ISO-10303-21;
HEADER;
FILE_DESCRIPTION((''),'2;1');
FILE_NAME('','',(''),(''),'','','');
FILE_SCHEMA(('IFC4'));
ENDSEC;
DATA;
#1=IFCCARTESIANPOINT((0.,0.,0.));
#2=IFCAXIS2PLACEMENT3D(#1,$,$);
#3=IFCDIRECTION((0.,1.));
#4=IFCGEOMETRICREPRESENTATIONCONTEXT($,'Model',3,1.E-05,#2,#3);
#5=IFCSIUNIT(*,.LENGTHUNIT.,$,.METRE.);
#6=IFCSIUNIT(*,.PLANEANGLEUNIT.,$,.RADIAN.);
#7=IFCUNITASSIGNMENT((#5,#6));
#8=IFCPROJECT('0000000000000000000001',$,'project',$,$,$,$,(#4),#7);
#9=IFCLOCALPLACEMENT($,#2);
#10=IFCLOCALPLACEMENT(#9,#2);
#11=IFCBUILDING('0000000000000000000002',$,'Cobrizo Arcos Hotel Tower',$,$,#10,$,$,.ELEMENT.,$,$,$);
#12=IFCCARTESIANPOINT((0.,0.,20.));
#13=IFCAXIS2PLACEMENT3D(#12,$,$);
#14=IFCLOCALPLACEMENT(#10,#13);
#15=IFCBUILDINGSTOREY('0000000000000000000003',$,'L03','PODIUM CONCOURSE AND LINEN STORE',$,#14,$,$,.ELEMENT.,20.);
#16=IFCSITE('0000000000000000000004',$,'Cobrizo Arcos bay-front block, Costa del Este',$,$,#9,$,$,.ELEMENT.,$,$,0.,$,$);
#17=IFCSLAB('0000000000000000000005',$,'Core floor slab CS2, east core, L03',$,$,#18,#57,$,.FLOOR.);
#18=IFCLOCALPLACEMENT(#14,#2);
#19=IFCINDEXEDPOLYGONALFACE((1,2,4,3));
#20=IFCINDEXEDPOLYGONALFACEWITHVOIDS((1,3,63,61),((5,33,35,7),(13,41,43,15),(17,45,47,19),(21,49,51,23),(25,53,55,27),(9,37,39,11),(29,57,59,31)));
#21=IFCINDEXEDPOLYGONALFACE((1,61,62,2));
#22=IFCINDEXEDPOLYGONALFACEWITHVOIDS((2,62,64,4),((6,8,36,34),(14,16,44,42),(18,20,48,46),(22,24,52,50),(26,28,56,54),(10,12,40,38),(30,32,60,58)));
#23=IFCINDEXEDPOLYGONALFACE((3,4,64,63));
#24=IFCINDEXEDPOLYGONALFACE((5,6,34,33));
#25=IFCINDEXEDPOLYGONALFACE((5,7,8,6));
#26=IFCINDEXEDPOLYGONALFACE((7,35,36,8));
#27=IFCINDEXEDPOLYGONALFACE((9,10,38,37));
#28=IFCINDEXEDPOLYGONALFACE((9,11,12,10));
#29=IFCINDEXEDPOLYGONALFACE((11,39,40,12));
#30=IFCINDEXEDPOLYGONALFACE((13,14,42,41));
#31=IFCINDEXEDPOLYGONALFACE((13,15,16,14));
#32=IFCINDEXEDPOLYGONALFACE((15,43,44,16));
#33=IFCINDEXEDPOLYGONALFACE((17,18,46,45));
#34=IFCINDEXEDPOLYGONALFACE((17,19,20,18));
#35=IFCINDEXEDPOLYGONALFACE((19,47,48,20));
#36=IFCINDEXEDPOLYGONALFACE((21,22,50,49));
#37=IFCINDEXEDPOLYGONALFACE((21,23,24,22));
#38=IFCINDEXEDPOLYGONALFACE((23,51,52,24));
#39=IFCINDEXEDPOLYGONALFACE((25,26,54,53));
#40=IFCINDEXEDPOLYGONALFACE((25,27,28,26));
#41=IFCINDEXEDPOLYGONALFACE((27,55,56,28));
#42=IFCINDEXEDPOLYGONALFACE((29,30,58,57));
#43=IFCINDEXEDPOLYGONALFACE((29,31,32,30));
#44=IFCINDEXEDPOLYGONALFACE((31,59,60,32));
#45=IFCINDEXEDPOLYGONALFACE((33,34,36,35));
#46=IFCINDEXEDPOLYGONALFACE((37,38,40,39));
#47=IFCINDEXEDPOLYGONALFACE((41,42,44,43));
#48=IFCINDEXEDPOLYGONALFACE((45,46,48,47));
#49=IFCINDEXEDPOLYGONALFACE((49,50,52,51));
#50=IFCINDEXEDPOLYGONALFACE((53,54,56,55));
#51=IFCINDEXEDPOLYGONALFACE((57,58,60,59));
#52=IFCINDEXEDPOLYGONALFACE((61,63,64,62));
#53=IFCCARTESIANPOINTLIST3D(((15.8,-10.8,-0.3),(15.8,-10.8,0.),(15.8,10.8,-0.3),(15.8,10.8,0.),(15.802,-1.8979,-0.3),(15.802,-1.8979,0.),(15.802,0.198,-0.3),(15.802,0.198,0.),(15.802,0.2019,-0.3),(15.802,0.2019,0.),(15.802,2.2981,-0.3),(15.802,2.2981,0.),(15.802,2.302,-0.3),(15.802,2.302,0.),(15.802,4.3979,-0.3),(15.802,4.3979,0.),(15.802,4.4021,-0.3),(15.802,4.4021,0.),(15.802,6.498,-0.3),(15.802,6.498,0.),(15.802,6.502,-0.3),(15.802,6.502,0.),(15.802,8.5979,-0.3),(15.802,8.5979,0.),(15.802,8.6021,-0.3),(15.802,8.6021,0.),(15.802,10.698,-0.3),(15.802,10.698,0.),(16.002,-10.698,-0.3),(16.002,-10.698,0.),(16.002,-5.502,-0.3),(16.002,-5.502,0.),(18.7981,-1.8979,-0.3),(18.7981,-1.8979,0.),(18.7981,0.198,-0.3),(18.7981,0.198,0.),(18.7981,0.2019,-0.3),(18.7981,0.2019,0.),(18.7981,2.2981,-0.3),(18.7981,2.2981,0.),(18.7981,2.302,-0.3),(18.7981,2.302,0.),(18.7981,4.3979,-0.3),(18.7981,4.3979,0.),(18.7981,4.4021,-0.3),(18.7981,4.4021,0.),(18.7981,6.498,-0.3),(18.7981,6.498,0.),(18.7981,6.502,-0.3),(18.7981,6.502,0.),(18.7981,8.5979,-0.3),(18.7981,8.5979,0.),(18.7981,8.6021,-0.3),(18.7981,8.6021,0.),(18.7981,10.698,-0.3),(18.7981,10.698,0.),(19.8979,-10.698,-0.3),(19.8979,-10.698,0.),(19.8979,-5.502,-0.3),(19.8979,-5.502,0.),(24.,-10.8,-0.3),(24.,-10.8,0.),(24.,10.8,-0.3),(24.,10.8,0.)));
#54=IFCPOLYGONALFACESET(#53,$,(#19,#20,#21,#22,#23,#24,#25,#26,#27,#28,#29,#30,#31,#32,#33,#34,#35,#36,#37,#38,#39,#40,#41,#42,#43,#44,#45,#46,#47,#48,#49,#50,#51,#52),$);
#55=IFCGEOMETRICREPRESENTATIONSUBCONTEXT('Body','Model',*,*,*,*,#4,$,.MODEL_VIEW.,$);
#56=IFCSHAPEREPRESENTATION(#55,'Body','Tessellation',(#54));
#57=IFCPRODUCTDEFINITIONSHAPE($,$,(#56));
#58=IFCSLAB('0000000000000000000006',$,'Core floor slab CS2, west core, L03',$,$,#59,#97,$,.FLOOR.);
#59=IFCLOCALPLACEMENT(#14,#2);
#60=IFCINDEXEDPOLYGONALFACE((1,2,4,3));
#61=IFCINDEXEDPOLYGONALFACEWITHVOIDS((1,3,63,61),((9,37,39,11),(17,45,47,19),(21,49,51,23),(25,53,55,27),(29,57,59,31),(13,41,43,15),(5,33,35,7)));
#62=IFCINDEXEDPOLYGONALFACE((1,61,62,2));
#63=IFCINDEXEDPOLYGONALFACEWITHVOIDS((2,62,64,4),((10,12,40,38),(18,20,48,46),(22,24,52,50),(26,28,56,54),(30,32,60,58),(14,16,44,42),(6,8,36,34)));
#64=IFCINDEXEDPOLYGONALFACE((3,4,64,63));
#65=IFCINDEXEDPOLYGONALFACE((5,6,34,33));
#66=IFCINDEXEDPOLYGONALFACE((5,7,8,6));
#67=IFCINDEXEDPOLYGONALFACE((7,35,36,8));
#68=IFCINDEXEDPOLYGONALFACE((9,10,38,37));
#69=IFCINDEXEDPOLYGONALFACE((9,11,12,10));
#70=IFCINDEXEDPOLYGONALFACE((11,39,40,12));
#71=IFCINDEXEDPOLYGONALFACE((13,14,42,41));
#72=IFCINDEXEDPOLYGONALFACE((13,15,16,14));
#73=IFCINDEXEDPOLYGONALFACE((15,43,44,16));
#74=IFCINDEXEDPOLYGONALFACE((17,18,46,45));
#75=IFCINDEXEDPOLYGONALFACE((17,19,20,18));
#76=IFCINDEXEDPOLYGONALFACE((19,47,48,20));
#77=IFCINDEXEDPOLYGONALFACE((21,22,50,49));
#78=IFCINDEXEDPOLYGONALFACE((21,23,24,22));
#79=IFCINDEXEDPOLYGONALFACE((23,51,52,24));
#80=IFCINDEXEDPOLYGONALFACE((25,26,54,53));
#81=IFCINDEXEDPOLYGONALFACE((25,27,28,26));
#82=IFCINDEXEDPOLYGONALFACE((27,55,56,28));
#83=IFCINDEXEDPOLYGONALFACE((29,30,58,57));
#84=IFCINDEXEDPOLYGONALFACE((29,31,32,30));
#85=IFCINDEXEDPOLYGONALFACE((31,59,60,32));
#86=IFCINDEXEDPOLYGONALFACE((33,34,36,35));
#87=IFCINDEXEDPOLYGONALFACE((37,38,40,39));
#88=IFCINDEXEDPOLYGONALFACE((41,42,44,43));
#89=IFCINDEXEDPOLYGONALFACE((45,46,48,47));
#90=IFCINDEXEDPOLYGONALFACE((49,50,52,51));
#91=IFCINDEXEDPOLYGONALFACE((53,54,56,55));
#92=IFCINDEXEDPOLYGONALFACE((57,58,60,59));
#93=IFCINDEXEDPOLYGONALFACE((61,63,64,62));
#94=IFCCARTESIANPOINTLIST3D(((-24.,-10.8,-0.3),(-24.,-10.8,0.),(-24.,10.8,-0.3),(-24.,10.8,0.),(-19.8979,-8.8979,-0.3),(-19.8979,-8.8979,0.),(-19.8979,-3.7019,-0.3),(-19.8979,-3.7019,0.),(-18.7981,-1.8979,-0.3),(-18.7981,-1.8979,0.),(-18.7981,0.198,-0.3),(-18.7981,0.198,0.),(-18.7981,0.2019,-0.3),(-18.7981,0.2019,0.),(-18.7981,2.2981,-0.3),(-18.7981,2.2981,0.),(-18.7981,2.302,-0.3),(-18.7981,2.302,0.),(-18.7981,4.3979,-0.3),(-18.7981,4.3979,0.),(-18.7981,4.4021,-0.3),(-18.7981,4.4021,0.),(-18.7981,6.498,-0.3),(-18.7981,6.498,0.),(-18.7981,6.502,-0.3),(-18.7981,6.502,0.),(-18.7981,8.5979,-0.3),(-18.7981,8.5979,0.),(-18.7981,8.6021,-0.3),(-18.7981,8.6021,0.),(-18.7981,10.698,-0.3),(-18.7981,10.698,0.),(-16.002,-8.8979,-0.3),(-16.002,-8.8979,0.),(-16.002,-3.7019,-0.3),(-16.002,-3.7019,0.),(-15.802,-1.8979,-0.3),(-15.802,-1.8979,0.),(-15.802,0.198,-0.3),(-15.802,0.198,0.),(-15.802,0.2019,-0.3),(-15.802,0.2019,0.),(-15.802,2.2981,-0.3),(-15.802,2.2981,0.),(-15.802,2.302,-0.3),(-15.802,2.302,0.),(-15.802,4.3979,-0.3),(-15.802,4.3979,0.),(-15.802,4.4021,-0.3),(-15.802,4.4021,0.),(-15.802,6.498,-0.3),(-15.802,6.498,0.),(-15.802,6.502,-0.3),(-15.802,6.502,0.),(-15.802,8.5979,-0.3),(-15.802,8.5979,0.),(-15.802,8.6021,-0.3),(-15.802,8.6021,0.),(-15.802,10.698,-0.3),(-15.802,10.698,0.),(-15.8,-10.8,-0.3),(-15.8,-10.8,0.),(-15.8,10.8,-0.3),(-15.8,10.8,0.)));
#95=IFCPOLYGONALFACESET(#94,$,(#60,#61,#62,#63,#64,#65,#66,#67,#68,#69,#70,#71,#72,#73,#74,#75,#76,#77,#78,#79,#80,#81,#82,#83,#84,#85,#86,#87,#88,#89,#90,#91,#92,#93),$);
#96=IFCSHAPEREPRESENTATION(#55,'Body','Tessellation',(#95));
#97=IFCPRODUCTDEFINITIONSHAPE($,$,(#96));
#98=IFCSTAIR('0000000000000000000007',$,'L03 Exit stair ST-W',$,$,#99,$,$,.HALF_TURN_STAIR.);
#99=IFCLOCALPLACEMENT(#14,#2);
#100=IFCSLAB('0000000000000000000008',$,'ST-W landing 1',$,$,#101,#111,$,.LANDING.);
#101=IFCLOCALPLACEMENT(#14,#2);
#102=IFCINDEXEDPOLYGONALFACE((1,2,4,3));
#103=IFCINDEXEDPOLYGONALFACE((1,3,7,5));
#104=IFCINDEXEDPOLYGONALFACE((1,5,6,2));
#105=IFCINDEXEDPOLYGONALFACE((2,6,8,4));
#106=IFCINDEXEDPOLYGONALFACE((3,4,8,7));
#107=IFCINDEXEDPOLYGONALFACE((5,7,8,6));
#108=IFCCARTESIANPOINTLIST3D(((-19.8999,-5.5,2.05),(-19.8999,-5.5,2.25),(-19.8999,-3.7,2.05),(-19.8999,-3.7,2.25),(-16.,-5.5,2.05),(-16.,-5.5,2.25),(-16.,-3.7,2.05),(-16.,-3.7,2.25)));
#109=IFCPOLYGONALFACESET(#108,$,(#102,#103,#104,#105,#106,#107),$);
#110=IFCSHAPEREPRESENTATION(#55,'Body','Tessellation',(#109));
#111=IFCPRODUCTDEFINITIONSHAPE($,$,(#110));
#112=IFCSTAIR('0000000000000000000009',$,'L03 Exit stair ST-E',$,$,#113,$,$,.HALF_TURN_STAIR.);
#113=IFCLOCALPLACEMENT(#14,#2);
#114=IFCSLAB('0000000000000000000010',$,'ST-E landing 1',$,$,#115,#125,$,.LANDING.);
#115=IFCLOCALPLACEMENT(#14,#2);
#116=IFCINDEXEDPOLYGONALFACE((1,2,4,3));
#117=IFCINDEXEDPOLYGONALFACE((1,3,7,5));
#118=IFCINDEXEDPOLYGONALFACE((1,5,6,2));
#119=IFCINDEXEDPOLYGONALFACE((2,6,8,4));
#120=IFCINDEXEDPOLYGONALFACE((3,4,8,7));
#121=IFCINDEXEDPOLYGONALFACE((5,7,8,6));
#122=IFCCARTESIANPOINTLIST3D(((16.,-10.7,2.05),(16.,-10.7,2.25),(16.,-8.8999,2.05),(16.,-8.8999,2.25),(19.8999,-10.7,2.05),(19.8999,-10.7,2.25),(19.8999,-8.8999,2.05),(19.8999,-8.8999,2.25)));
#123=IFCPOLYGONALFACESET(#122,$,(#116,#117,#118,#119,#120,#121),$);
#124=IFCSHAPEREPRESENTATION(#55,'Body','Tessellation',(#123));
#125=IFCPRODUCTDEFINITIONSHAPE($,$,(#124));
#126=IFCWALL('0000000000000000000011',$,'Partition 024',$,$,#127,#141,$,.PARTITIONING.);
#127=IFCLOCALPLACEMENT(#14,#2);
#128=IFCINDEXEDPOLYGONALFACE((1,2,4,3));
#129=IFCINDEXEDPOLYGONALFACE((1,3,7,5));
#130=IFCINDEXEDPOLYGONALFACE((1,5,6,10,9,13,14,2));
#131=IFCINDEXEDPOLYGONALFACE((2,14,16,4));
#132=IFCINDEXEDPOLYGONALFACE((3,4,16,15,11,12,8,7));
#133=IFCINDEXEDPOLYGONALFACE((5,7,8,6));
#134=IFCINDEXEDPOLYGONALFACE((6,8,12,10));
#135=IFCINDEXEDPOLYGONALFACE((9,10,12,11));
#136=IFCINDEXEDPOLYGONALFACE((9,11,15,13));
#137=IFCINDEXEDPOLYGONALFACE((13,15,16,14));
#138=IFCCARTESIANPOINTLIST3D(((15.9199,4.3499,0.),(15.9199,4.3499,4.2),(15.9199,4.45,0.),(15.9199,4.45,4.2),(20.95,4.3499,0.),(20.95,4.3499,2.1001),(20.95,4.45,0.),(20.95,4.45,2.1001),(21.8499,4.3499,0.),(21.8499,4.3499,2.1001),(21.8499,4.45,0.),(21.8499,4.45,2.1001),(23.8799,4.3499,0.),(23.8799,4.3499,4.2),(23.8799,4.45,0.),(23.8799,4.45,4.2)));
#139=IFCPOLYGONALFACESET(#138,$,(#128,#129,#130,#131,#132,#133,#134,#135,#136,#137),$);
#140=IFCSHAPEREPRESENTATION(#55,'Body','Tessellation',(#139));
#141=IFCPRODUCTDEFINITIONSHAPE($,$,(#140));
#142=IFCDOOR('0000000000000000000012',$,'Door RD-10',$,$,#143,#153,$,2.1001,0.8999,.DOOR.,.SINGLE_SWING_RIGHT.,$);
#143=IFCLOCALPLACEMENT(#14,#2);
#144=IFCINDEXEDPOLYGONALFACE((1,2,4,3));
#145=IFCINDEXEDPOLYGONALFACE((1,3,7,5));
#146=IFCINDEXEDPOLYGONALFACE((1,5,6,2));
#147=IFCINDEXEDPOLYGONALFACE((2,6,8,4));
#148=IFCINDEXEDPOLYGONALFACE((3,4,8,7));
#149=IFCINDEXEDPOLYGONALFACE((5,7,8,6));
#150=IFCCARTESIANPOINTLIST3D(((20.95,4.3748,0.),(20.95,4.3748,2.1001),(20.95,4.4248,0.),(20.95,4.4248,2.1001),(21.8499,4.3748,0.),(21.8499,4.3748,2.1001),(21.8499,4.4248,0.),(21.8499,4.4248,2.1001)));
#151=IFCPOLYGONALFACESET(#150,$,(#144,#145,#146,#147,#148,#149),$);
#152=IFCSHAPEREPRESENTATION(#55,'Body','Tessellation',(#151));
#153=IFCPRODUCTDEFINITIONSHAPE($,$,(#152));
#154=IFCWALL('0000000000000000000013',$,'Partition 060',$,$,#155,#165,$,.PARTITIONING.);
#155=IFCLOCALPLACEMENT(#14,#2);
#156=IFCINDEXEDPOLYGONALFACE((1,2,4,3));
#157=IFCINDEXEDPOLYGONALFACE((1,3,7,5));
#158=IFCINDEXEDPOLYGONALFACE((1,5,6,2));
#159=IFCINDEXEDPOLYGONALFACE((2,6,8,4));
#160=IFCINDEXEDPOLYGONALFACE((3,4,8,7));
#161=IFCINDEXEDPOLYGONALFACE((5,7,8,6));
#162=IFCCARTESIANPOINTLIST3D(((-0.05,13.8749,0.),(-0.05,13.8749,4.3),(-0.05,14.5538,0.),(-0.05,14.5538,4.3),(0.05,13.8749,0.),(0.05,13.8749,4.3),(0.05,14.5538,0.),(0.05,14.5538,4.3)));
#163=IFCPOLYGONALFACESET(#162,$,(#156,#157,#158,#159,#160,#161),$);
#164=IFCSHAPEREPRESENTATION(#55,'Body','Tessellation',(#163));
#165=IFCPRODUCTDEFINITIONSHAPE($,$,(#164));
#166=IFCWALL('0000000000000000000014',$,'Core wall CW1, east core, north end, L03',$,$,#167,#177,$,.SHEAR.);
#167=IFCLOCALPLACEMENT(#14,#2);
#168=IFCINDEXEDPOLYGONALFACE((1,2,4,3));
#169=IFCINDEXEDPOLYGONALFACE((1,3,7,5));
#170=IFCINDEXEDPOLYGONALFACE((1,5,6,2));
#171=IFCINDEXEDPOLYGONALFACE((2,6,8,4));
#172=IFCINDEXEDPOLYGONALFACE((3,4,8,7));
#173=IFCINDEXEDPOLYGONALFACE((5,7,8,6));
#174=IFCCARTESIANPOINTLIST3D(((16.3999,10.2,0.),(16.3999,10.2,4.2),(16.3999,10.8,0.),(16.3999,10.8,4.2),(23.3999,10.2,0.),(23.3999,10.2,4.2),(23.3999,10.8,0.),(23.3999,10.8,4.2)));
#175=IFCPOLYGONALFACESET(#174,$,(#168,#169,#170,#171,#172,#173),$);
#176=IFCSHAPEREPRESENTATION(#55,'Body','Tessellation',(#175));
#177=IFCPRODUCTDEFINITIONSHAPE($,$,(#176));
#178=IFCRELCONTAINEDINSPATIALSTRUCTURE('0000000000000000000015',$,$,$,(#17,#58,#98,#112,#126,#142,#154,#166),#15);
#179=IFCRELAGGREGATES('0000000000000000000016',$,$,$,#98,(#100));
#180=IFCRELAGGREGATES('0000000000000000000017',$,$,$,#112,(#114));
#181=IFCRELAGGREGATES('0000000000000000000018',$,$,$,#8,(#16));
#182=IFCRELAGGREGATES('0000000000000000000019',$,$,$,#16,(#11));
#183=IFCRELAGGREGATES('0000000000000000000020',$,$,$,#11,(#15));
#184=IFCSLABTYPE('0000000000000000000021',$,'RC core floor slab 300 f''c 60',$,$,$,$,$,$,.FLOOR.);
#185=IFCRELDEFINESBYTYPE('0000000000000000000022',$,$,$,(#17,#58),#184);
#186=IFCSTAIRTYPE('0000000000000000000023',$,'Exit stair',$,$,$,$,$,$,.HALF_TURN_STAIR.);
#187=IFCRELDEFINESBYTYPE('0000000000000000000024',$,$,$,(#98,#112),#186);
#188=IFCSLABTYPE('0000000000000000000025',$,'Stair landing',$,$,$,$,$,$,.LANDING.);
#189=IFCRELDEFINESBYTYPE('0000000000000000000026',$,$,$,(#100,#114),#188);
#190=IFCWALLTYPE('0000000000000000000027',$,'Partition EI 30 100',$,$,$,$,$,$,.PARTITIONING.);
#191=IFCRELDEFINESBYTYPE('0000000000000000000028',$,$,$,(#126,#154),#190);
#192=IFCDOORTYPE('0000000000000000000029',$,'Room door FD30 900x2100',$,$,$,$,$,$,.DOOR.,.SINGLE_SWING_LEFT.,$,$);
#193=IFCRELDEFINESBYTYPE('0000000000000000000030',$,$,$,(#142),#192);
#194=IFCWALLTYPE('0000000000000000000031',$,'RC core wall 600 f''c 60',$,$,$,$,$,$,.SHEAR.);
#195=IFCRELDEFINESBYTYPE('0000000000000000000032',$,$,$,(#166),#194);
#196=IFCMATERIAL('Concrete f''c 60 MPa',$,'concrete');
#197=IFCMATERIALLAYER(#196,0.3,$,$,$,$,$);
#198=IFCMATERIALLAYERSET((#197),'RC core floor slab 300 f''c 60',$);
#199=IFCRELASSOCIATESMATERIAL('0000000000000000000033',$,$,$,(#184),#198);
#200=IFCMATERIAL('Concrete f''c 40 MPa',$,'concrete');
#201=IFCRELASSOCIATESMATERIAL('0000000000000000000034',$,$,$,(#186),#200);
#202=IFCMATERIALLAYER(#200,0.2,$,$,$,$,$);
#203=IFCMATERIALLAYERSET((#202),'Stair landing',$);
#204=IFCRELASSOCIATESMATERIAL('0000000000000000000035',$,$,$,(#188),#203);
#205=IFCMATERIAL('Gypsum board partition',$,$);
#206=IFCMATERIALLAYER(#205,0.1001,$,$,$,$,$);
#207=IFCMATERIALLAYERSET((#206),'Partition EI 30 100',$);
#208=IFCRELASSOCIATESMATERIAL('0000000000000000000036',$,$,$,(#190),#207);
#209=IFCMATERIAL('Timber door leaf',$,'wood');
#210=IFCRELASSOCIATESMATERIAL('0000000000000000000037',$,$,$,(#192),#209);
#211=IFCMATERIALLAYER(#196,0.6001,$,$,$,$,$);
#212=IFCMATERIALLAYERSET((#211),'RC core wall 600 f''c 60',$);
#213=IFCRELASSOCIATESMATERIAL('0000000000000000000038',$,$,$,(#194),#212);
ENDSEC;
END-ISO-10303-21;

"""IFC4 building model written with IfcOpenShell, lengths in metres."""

from ifc_helpers import new_model, si_unit, direction, frame, frame_2d, origin, place, context, subcontext, project, spatial, polyline, rectangle, outline, extrude, material, layer, layer_set, type_object, element, fill, aggregate, save


model = new_model("IFC4")

# Units and contexts
model_context = context("Model", 3, precision=1e-05, world=origin(), true_north=direction((0.0, 1.0)))
body_context = subcontext(model_context, "Body", "Model", "MODEL_VIEW")
ifc_project = project(units=[si_unit("LENGTHUNIT", "METRE"), si_unit("PLANEANGLEUNIT", "RADIAN")], contexts=[model_context])

# Site, building, storey
site_placement = place(None, origin())
site = spatial("IfcSite", under=ifc_project, at=site_placement, Name="Cobrizo Arcos bay-front block, Costa del Este", CompositionType="ELEMENT", RefElevation=0.0)
building_placement = place(site_placement, origin())
building = spatial("IfcBuilding", under=site, at=building_placement, Name="Cobrizo Arcos Hotel Tower", CompositionType="ELEMENT")
storey_placement = place(building_placement, frame((0.0, 0.0, 20.0)))
storey = spatial("IfcBuildingStorey", under=building, at=storey_placement, Name="L03", Description="PODIUM CONCOURSE AND LINEN STORE", CompositionType="ELEMENT", Elevation=20.0)

# Slabs
ifc_material_1 = material(Name="Concrete f'c 60 MPa", Category="concrete")
ifc_layer_1 = layer(ifc_material_1, 0.3)
ifc_layer_set_1 = layer_set([ifc_layer_1], Name="RC core floor slab 300 f'c 60")
slab_type_1 = type_object("IfcSlabType", Name="RC core floor slab 300 f'c 60", PredefinedType="FLOOR", material=ifc_layer_set_1)
slab_1_placement = place(storey_placement, frame((0.0, 0.0, -0.3)))
element("IfcSlab", 1, at=slab_1_placement, inside=storey, type_object=slab_type_1, Name="Core floor slab CS2, east core, L03", PredefinedType="FLOOR", context=body_context, shape_type="SweptSolid", body=[
    extrude(outline(polyline([(15.8, 10.8), (24.0, 10.8), (24.0, -10.8), (15.8, -10.8), (15.8, 10.8)]), holes=[polyline([(19.8979, -10.698), (19.8979, -5.502), (16.002, -5.502), (16.002, -10.698), (19.8979, -10.698)]), polyline([(15.802, 0.198), (15.802, -1.8979), (18.7981, -1.8979), (18.7981, 0.198), (15.802, 0.198)]), polyline([(18.7981, 2.2981), (15.802, 2.2981), (15.802, 0.2019), (18.7981, 0.2019), (18.7981, 2.2981)]), polyline([(18.7981, 4.3979), (15.802, 4.3979), (15.802, 2.302), (18.7981, 2.302), (18.7981, 4.3979)]), polyline([(15.802, 6.498), (15.802, 4.4021), (18.7981, 4.4021), (18.7981, 6.498), (15.802, 6.498)]), polyline([(18.7981, 8.5979), (15.802, 8.5979), (15.802, 6.502), (18.7981, 6.502), (18.7981, 8.5979)]), polyline([(18.7981, 10.698), (15.802, 10.698), (15.802, 8.6021), (18.7981, 8.6021), (18.7981, 10.698)])]), origin(), (0.0, 0.0, 1.0), 0.3),
])
slab_2_placement = place(storey_placement, frame((0.0, 0.0, -0.3)))
element("IfcSlab", 2, at=slab_2_placement, inside=storey, type_object=slab_type_1, Name="Core floor slab CS2, west core, L03", PredefinedType="FLOOR", context=body_context, shape_type="SweptSolid", body=[
    extrude(outline(polyline([(-24.0, 10.8), (-15.8, 10.8), (-15.8, -10.8), (-24.0, -10.8), (-24.0, 10.8)]), holes=[polyline([(-19.8979, -3.7019), (-19.8979, -8.8979), (-16.002, -8.8979), (-16.002, -3.7019), (-19.8979, -3.7019)]), polyline([(-18.7981, 0.198), (-18.7981, -1.8979), (-15.802, -1.8979), (-15.802, 0.198), (-18.7981, 0.198)]), polyline([(-15.802, 2.2981), (-18.7981, 2.2981), (-18.7981, 0.2019), (-15.802, 0.2019), (-15.802, 2.2981)]), polyline([(-15.802, 4.3979), (-18.7981, 4.3979), (-18.7981, 2.302), (-15.802, 2.302), (-15.802, 4.3979)]), polyline([(-18.7981, 6.498), (-18.7981, 4.4021), (-15.802, 4.4021), (-15.802, 6.498), (-18.7981, 6.498)]), polyline([(-15.802, 8.5979), (-18.7981, 8.5979), (-18.7981, 6.502), (-15.802, 6.502), (-15.802, 8.5979)]), polyline([(-15.802, 10.698), (-18.7981, 10.698), (-18.7981, 8.6021), (-15.802, 8.6021), (-15.802, 10.698)])]), origin(), (0.0, 0.0, 1.0), 0.3),
])

# Stairs, slabs
ifc_material_2 = material(Name="Concrete f'c 40 MPa", Category="concrete")
stair_type = type_object("IfcStairType", Name="Exit stair", PredefinedType="HALF_TURN_STAIR", material=ifc_material_2)
stair_1_placement = place(storey_placement, origin())
stair_1 = element("IfcStair", 3, at=stair_1_placement, inside=storey, type_object=stair_type, Name="L03 Exit stair ST-W", PredefinedType="HALF_TURN_STAIR")
ifc_layer_2 = layer(ifc_material_2, 0.2)
ifc_layer_set_2 = layer_set([ifc_layer_2], Name="Stair landing")
slab_type_2 = type_object("IfcSlabType", Name="Stair landing", PredefinedType="LANDING", material=ifc_layer_set_2)
slab_3_placement = place(storey_placement, frame((0.0, 0.0, 2.05)))
slab_3 = element("IfcSlab", 4, at=slab_3_placement, type_object=slab_type_2, Name="ST-W landing 1", PredefinedType="LANDING", context=body_context, shape_type="SweptSolid", body=[
    extrude(outline(polyline([(-16.0, -5.5), (-16.0, -3.7), (-19.8999, -3.7), (-19.8999, -5.5), (-16.0, -5.5)])), origin(), (0.0, 0.0, 1.0), 0.2),
])
aggregate(stair_1, [slab_3])
stair_2_placement = place(storey_placement, origin())
stair_2 = element("IfcStair", 5, at=stair_2_placement, inside=storey, type_object=stair_type, Name="L03 Exit stair ST-E", PredefinedType="HALF_TURN_STAIR")
slab_4_placement = place(storey_placement, frame((0.0, 0.0, 2.05)))
slab_4 = element("IfcSlab", 6, at=slab_4_placement, type_object=slab_type_2, Name="ST-E landing 1", PredefinedType="LANDING", context=body_context, shape_type="SweptSolid", body=[
    extrude(outline(polyline([(16.0, -8.8999), (16.0, -10.7), (19.8999, -10.7), (19.8999, -8.8999), (16.0, -8.8999)])), origin(), (0.0, 0.0, 1.0), 0.2),
])
aggregate(stair_2, [slab_4])

# Wall, opening, door
ifc_material_3 = material(Name="Gypsum board partition")
ifc_layer_3 = layer(ifc_material_3, 0.1001)
ifc_layer_set_3 = layer_set([ifc_layer_3], Name="Partition EI 30 100")
wall_type_1 = type_object("IfcWallType", Name="Partition EI 30 100", PredefinedType="PARTITIONING", material=ifc_layer_set_3)
wall_1_placement = place(storey_placement, frame((15.9199, 4.3999, 0.0), z_axis=(0.0, 0.0, 1.0), x_axis=(1.0, 0.0, 0.0)))
wall_1 = element("IfcWall", 7, at=wall_1_placement, inside=storey, type_object=wall_type_1, Name="Partition 024", PredefinedType="PARTITIONING", context=body_context, shape_type="SweptSolid", body=[
    extrude(rectangle(XDim=7.96, YDim=0.1001, at=frame_2d((3.98, 0.0))), origin(), (0.0, 0.0, 1.0), 4.2),
])
opening_1_placement = place(wall_1_placement, frame((5.03, 0.0, 0.0)))
opening_1 = element("IfcOpeningElement", 8, at=opening_1_placement, cuts=wall_1, PredefinedType="OPENING", context=body_context, shape_type="SweptSolid", body=[
    extrude(rectangle(XDim=0.8999, YDim=2.1001, at=frame_2d((0.45, 1.05))), frame((0.0, 0.062, 0.0), z_axis=(0.0, -1.0, 0.0), x_axis=(1.0, 0.0, 0.0)), (0.0, 0.0, 1.0), 0.124),
])
ifc_material_4 = material(Name="Timber door leaf", Category="wood")
door_type_1 = type_object("IfcDoorType", Name="Room door FD30 900x2100", OperationType="SINGLE_SWING_LEFT", PredefinedType="DOOR", material=ifc_material_4)
door_1_placement = place(opening_1_placement, origin())
door_1 = element("IfcDoor", 9, at=door_1_placement, inside=storey, type_object=door_type_1, Name="Door RD-10", OperationType="SINGLE_SWING_RIGHT", OverallHeight=2.1001, OverallWidth=0.8999, PredefinedType="DOOR", context=body_context, shape_type="SweptSolid", body=[
    extrude(rectangle(XDim=0.8999, YDim=2.1001, at=frame_2d((0.45, 1.05))), frame((0.0, 0.0249, 0.0), z_axis=(0.0, -1.0, 0.0), x_axis=(1.0, 0.0, 0.0)), (0.0, 0.0, 1.0), 0.05),
])
fill(opening_1, door_1)

# Walls
wall_2_placement = place(storey_placement, frame((0.0, 13.875, 0.0), z_axis=(0.0, 0.0, 1.0), x_axis=(0.0, 1.0, 0.0)))
element("IfcWall", 10, at=wall_2_placement, inside=storey, type_object=wall_type_1, Name="Partition 060", PredefinedType="PARTITIONING", context=body_context, shape_type="SweptSolid", body=[
    extrude(rectangle(XDim=0.679, YDim=0.1001, at=frame_2d((0.3394, 0.0))), origin(), (0.0, 0.0, 1.0), 4.3),
])
ifc_layer_4 = layer(ifc_material_1, 0.6001)
ifc_layer_set_4 = layer_set([ifc_layer_4], Name="RC core wall 600 f'c 60")
wall_type_2 = type_object("IfcWallType", Name="RC core wall 600 f'c 60", PredefinedType="SHEAR", material=ifc_layer_set_4)
wall_3_placement = place(storey_placement, frame((16.3999, 10.5, 0.0), z_axis=(0.0, 0.0, 1.0), x_axis=(1.0, 0.0, 0.0)))
element("IfcWall", 11, at=wall_3_placement, inside=storey, type_object=wall_type_2, Name="Core wall CW1, east core, north end, L03", PredefinedType="SHEAR", context=body_context, shape_type="SweptSolid", body=[
    extrude(rectangle(XDim=7.0, YDim=0.6001, at=frame_2d((3.5, 0.0))), origin(), (0.0, 0.0, 1.0), 4.2),
])

save(model, "model.ifc")
